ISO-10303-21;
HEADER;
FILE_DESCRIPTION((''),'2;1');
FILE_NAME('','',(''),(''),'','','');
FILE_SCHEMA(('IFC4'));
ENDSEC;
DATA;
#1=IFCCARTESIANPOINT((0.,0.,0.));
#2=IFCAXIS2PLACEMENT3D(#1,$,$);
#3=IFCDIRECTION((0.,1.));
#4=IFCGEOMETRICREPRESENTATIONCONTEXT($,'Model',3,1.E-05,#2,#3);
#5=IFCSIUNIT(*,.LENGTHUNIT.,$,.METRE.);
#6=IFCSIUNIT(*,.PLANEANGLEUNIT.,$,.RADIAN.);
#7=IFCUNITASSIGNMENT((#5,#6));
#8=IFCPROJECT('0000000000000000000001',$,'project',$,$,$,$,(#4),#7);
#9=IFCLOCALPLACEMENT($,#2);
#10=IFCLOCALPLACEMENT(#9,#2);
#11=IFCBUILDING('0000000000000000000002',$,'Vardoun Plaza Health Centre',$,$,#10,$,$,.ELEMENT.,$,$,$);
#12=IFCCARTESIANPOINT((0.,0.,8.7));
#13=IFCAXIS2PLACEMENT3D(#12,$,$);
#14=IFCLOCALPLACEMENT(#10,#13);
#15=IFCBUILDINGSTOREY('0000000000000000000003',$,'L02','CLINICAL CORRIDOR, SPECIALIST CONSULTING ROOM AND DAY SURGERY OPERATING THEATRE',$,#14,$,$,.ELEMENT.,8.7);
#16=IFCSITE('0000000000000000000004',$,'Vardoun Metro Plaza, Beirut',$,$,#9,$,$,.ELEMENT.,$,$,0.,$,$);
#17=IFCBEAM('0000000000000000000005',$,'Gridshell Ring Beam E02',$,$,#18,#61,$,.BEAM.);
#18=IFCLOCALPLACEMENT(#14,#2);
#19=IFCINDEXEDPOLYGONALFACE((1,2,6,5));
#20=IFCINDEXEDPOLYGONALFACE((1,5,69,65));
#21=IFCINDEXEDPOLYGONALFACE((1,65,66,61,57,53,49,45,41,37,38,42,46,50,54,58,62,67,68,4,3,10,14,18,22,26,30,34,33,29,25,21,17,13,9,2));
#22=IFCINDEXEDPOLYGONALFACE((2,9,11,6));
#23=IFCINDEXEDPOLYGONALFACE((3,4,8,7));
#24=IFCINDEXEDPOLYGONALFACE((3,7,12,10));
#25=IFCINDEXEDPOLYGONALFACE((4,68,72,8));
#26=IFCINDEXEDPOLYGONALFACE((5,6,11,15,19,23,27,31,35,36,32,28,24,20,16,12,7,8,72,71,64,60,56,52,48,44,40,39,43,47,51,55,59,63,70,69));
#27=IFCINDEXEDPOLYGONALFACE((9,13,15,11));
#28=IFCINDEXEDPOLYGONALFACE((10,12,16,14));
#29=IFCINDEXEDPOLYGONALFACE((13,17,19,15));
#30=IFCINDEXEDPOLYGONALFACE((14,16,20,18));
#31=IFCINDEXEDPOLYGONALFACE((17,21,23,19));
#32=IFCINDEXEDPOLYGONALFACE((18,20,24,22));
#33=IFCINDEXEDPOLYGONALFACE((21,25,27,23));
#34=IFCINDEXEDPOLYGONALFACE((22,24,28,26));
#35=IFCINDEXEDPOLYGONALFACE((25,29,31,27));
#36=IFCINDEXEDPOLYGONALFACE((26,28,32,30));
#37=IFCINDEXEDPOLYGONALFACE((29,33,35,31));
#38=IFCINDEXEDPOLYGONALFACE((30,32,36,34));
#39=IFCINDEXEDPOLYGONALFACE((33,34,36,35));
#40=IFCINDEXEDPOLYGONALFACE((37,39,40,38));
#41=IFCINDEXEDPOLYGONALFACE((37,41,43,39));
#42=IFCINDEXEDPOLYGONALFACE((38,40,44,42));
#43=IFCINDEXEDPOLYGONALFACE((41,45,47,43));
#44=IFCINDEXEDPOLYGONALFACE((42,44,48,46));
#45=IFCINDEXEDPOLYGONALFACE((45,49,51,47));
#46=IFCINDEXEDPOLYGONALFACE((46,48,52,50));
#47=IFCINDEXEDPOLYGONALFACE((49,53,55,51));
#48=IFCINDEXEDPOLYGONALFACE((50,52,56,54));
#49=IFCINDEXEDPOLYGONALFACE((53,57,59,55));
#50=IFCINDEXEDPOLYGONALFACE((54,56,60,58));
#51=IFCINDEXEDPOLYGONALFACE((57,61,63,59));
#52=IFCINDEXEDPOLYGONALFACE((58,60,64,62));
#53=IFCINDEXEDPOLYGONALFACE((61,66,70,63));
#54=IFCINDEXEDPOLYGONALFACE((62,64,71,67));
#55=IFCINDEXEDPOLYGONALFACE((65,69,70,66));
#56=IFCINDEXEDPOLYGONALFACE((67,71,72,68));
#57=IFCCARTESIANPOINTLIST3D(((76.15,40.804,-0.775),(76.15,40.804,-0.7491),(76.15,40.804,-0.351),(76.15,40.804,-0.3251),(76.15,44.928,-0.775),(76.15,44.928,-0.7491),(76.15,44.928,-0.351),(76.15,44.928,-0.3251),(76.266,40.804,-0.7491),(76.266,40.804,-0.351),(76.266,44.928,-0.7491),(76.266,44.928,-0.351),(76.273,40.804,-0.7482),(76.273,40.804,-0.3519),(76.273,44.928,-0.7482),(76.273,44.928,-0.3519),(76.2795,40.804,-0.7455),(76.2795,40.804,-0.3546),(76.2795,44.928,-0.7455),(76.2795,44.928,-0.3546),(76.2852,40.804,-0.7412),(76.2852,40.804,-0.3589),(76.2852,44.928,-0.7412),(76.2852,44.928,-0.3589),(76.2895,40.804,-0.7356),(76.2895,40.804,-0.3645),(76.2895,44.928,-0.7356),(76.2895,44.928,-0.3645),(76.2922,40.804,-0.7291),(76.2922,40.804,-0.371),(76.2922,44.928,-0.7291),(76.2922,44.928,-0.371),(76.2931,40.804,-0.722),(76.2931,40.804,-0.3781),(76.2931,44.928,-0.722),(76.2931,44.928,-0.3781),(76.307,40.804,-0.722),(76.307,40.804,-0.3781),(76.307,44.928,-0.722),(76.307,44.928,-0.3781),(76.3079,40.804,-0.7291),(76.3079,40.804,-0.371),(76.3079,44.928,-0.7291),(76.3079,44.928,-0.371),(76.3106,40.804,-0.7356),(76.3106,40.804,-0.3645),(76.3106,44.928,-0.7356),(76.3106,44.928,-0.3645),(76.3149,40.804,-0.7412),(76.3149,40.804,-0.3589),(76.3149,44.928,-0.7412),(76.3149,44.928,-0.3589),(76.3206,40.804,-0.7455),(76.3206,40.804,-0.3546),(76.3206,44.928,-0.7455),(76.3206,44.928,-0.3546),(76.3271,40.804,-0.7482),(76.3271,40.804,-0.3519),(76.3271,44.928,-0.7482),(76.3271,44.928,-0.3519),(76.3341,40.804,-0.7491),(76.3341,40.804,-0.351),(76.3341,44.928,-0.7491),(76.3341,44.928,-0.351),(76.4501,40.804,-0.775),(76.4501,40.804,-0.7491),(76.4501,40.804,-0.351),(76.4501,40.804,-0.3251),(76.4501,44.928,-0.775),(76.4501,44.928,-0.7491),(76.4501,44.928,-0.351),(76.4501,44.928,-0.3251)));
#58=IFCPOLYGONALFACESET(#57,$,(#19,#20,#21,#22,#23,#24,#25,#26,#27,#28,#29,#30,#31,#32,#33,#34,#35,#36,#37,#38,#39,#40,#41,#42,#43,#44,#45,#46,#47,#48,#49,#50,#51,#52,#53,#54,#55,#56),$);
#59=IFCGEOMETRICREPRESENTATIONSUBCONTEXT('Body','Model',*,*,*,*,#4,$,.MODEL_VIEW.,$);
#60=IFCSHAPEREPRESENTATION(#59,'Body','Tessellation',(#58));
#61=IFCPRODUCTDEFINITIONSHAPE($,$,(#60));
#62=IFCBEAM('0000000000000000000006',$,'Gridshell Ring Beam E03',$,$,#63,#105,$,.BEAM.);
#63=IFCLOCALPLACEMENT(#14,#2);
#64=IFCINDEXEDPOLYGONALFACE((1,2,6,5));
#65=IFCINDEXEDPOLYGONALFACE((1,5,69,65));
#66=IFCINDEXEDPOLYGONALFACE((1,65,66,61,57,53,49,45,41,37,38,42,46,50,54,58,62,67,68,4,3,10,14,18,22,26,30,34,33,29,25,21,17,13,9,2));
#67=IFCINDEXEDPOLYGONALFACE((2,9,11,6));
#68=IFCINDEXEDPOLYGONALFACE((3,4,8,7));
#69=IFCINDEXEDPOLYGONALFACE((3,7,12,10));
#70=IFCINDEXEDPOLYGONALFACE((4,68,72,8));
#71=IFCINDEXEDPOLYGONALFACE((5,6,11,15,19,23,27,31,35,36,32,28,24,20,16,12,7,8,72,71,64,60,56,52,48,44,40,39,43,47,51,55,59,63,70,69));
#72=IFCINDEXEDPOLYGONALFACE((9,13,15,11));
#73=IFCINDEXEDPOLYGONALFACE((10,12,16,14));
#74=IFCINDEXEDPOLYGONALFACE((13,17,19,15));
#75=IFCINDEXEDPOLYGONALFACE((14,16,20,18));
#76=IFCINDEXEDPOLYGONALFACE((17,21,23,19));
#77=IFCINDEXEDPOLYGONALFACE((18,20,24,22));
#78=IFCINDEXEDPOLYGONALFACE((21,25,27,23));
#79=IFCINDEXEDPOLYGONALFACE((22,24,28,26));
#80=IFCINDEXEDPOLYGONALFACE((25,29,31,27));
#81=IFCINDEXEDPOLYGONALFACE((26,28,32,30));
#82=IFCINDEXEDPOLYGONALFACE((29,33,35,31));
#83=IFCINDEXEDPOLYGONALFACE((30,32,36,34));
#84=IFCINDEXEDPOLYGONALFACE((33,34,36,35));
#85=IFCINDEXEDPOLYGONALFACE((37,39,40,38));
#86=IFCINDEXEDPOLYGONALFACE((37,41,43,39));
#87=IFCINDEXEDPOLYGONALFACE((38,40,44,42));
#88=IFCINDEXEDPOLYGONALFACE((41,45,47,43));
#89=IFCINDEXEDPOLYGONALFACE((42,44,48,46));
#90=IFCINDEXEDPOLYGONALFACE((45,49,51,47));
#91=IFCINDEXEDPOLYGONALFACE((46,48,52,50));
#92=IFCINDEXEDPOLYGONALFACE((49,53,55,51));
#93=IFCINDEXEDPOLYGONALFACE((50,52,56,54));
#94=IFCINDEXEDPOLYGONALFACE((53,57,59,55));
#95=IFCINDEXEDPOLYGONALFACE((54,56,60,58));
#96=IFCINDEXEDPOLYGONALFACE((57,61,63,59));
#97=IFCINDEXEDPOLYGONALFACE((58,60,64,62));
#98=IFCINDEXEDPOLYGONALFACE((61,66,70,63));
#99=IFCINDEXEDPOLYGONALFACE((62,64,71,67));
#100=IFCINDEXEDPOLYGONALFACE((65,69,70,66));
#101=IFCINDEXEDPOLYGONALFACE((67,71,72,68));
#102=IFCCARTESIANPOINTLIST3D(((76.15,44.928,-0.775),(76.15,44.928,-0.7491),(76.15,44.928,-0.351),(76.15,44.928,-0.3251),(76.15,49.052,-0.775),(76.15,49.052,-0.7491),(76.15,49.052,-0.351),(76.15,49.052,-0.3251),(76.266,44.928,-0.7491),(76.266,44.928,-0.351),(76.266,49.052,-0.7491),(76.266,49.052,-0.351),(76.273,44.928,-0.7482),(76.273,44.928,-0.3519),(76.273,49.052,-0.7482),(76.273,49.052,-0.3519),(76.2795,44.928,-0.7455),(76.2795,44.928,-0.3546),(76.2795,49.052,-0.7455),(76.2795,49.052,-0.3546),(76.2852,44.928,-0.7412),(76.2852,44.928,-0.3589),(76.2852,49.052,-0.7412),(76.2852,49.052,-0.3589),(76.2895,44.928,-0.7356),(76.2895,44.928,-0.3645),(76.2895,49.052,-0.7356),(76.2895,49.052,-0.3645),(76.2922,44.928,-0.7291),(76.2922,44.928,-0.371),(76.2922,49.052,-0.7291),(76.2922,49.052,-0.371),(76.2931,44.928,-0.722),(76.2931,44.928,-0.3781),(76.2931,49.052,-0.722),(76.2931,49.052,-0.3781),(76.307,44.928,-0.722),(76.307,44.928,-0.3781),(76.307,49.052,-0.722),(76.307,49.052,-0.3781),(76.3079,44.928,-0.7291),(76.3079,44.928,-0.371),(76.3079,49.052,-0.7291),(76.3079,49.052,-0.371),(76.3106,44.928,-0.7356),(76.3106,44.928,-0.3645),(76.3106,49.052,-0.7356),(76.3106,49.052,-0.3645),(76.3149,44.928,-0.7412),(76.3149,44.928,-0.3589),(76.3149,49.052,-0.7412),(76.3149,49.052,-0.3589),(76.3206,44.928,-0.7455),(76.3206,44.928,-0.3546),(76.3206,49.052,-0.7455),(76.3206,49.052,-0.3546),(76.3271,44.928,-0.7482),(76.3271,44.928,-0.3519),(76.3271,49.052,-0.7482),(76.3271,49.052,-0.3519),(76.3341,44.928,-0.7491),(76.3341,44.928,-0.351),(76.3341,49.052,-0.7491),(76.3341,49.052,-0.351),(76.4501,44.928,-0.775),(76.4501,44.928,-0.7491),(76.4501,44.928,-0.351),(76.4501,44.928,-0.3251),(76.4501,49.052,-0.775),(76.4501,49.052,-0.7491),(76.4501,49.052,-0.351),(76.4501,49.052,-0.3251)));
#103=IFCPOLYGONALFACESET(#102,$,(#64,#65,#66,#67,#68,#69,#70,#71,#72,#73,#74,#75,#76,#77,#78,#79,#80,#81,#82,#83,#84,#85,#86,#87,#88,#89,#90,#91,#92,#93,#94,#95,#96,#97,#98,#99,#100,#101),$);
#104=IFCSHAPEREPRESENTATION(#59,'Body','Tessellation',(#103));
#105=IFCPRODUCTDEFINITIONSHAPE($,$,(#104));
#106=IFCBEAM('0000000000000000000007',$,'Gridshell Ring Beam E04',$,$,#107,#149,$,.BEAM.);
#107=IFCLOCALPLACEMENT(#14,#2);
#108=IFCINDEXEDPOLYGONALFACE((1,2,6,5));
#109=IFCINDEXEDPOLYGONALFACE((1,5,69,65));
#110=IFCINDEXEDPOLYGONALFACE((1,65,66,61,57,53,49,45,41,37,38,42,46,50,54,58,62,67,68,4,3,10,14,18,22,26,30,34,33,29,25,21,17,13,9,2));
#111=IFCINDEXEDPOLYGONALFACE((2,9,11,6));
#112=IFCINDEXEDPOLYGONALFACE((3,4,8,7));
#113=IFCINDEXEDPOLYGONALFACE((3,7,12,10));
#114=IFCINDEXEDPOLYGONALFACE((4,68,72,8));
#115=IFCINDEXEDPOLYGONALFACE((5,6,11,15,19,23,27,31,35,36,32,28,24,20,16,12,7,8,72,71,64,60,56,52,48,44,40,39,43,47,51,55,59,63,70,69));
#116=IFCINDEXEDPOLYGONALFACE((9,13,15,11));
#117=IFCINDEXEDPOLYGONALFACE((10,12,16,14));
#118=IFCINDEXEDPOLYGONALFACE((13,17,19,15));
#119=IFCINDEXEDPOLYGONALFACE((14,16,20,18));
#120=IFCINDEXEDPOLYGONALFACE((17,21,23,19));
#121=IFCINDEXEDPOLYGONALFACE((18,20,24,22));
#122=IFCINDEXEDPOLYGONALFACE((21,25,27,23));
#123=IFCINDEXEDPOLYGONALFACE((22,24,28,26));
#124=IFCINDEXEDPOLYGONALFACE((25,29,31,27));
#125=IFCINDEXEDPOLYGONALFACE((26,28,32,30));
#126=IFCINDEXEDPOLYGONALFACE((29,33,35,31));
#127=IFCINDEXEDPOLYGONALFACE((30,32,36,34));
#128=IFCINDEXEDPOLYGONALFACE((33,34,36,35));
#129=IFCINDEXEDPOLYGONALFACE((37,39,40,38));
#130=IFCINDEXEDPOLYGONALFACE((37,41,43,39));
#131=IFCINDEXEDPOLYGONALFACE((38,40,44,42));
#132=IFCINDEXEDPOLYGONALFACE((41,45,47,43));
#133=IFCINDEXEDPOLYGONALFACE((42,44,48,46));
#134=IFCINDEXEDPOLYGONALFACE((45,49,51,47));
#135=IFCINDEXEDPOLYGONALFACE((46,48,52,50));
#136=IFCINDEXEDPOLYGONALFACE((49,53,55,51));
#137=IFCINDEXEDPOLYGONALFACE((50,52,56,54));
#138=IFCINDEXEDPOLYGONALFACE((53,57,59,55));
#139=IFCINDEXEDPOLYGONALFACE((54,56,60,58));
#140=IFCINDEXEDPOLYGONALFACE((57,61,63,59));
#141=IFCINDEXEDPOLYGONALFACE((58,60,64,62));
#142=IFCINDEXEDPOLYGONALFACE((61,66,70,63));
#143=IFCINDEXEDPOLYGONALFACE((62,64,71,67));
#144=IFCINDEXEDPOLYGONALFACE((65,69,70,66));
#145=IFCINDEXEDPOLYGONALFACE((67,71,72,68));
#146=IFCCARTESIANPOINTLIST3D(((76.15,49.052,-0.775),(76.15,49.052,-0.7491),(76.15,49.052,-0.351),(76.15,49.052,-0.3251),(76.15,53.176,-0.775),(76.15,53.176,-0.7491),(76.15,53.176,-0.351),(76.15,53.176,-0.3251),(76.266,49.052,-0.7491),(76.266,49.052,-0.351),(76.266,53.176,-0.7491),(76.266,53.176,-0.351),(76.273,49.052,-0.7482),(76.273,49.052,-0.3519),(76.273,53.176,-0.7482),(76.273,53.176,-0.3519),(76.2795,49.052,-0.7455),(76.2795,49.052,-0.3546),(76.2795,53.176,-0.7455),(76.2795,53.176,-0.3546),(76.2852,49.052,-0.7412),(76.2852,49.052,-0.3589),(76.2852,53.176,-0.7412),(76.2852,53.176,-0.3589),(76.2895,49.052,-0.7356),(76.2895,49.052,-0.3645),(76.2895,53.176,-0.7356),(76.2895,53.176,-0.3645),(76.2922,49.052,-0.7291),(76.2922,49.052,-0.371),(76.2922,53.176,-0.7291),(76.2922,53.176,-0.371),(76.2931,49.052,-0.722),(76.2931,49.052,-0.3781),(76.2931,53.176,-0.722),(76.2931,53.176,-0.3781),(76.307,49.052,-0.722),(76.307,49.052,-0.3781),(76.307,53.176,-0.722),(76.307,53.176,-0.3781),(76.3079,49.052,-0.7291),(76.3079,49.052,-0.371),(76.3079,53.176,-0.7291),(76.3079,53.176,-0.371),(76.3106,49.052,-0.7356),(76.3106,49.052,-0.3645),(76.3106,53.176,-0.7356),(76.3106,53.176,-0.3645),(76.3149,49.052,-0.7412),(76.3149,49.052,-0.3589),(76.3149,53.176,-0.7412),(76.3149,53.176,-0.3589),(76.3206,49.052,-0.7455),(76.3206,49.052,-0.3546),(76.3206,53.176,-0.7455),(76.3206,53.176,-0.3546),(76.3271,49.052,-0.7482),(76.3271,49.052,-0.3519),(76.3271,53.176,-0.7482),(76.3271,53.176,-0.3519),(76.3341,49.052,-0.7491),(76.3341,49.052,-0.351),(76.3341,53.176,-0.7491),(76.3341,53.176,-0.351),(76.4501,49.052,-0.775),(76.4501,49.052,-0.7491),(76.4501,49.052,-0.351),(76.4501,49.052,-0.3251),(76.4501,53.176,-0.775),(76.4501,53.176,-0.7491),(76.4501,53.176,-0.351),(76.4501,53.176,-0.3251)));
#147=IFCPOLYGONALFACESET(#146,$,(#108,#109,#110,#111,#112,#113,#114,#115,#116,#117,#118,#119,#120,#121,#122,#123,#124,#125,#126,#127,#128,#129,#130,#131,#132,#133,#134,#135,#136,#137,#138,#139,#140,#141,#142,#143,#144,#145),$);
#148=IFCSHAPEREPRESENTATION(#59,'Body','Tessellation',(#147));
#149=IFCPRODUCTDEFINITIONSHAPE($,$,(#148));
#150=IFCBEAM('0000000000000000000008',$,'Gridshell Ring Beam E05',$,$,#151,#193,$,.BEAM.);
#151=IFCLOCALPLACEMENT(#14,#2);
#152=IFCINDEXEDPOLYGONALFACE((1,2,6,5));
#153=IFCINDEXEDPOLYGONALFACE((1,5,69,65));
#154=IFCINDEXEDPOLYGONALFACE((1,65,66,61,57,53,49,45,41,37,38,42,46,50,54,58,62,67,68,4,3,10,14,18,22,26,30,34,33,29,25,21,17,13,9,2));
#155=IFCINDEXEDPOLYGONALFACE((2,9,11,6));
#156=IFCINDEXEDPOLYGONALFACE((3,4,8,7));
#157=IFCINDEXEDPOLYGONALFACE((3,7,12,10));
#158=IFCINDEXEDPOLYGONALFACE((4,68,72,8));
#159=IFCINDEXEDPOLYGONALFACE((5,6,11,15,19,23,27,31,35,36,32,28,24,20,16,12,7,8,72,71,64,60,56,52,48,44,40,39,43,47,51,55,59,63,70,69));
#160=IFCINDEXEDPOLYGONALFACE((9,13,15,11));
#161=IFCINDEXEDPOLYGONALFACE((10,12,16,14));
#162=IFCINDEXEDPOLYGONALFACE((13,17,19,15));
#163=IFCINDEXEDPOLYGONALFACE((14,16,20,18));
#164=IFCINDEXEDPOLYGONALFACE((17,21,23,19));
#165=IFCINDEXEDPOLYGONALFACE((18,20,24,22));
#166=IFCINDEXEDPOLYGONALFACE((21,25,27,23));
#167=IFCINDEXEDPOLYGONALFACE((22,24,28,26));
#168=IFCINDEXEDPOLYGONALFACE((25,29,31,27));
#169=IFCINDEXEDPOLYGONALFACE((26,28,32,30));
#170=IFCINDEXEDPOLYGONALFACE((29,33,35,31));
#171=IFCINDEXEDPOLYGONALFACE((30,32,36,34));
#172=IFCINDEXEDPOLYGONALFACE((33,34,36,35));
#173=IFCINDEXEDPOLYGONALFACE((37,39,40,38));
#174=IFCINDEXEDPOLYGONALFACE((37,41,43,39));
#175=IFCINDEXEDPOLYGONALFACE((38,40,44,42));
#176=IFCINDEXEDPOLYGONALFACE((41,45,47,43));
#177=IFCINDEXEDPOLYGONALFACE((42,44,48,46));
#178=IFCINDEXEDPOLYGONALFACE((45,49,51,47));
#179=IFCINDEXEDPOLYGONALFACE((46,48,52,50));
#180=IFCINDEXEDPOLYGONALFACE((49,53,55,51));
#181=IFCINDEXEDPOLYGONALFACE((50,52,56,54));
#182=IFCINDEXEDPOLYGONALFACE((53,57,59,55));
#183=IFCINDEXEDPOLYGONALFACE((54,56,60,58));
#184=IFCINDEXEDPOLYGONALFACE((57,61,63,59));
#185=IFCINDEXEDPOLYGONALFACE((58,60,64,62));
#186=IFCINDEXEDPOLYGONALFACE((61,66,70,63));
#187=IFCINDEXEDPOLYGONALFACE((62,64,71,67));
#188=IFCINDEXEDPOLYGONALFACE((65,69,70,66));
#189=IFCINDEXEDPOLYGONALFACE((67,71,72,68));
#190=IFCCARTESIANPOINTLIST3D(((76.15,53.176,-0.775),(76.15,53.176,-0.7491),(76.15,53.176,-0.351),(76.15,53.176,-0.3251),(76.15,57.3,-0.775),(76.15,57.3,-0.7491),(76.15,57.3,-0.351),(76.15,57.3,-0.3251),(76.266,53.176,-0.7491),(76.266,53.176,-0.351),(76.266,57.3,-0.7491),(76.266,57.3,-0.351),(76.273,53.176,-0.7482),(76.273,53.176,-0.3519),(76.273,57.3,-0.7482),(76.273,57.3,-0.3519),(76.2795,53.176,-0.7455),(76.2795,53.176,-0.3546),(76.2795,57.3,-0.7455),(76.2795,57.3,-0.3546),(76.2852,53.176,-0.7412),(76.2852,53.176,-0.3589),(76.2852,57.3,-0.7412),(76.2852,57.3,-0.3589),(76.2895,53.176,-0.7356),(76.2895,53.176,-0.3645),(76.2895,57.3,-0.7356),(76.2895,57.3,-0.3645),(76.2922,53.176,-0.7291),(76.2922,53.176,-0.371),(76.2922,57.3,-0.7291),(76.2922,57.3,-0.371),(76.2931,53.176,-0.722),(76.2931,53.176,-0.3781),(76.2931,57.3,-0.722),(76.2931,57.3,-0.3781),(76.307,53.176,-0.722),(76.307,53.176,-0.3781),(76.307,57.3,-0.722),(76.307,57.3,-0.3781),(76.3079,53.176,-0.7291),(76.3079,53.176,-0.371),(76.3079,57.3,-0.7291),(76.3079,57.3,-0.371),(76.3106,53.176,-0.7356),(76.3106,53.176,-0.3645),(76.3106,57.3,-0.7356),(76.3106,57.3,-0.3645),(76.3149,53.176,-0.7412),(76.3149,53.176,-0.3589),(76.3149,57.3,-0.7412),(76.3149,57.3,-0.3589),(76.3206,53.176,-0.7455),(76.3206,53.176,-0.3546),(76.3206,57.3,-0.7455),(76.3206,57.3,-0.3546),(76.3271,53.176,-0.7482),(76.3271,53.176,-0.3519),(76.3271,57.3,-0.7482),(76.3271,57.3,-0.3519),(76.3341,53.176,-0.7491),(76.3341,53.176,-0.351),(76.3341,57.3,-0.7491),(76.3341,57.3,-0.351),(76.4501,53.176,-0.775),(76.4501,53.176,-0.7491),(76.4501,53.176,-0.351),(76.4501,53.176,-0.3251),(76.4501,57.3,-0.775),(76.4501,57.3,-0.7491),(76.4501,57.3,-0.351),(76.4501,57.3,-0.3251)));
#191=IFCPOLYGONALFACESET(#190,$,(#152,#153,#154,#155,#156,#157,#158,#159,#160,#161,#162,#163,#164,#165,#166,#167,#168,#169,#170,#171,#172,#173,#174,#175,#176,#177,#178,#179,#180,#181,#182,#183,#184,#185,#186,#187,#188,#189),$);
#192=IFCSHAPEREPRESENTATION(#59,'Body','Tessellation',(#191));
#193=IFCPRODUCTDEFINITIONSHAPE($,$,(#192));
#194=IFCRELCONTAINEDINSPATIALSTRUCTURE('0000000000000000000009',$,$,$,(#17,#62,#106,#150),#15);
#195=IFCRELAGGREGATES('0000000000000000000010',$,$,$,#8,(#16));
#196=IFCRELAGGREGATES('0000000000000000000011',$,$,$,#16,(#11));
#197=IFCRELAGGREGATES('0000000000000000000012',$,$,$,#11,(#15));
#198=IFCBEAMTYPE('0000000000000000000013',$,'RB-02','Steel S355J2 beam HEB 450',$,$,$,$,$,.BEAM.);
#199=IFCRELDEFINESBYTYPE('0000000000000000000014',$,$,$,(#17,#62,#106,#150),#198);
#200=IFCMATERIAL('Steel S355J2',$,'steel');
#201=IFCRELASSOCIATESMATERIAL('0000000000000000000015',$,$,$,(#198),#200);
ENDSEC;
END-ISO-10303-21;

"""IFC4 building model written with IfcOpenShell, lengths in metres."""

from ifc_helpers import new_model, si_unit, direction, frame, origin, origin_2d, place, context, subcontext, project, spatial, i_section, extrude, material, material_profile, profile_set, type_object, element, save


model = new_model("IFC4")

# Units and contexts
model_context = context("Model", 3, precision=1e-05, world=origin(), true_north=direction((0.0, 1.0)))
body_context = subcontext(model_context, "Body", "Model", "MODEL_VIEW")
ifc_project = project(units=[si_unit("LENGTHUNIT", "METRE"), si_unit("PLANEANGLEUNIT", "RADIAN")], contexts=[model_context])

# Site, building, storey
site_placement = place(None, origin())
site = spatial("IfcSite", under=ifc_project, at=site_placement, Name="Vardoun Metro Plaza, Beirut", CompositionType="ELEMENT", RefElevation=0.0)
building_placement = place(site_placement, origin())
building = spatial("IfcBuilding", under=site, at=building_placement, Name="Vardoun Plaza Health Centre", CompositionType="ELEMENT")
storey_placement = place(building_placement, frame((0.0, 0.0, 8.7)))
storey = spatial("IfcBuildingStorey", under=building, at=storey_placement, Name="L02", Description="CLINICAL CORRIDOR, SPECIALIST CONSULTING ROOM AND DAY SURGERY OPERATING THEATRE", CompositionType="ELEMENT", Elevation=8.7)

# Beams
ifc_material_1 = material(Name="Steel S355J2", Category="steel")
ifc_material_profile_1 = material_profile(ifc_material_1, i_section(OverallWidth=0.3, OverallDepth=0.45, WebThickness=0.0139, FlangeThickness=0.0259, FilletRadius=0.0271, at=origin_2d()), Name="HEB 450")
ifc_profile_set_1 = profile_set([ifc_material_profile_1], Name="Steel S355J2")
beam_type = type_object("IfcBeamType", Name="RB-02", Description="Steel S355J2 beam HEB 450", PredefinedType="BEAM", material=ifc_profile_set_1)
for number, where, z_axis, x_axis, name in (
    (1, (76.3, 40.804, -0.55), (0.0, 1.0, 0.0), (-1.0, 0.0, 0.0), "Gridshell Ring Beam E02"),
    (2, (76.3, 44.928, -0.55), (0.0, 1.0, 0.0), (-1.0, 0.0, 0.0), "Gridshell Ring Beam E03"),
    (3, (76.3, 49.052, -0.55), (0.0, 1.0, 0.0), (-1.0, 0.0, 0.0), "Gridshell Ring Beam E04"),
    (4, (76.3, 53.176, -0.55), (0.0, 1.0, 0.0), (-1.0, 0.0, 0.0), "Gridshell Ring Beam E05"),
):
    element("IfcBeam", number, at=place(storey_placement, frame(where, z_axis=z_axis, x_axis=x_axis)), inside=storey, type_object=beam_type, Name=name, PredefinedType="BEAM", context=body_context, shape_type="SweptSolid", body=[
        extrude(i_section(OverallWidth=0.3, OverallDepth=0.45, WebThickness=0.0139, FlangeThickness=0.0259, FilletRadius=0.0271, at=origin_2d()), origin(), (0.0, 0.0, 1.0), 4.124),
    ])

save(model, "model.ifc")
